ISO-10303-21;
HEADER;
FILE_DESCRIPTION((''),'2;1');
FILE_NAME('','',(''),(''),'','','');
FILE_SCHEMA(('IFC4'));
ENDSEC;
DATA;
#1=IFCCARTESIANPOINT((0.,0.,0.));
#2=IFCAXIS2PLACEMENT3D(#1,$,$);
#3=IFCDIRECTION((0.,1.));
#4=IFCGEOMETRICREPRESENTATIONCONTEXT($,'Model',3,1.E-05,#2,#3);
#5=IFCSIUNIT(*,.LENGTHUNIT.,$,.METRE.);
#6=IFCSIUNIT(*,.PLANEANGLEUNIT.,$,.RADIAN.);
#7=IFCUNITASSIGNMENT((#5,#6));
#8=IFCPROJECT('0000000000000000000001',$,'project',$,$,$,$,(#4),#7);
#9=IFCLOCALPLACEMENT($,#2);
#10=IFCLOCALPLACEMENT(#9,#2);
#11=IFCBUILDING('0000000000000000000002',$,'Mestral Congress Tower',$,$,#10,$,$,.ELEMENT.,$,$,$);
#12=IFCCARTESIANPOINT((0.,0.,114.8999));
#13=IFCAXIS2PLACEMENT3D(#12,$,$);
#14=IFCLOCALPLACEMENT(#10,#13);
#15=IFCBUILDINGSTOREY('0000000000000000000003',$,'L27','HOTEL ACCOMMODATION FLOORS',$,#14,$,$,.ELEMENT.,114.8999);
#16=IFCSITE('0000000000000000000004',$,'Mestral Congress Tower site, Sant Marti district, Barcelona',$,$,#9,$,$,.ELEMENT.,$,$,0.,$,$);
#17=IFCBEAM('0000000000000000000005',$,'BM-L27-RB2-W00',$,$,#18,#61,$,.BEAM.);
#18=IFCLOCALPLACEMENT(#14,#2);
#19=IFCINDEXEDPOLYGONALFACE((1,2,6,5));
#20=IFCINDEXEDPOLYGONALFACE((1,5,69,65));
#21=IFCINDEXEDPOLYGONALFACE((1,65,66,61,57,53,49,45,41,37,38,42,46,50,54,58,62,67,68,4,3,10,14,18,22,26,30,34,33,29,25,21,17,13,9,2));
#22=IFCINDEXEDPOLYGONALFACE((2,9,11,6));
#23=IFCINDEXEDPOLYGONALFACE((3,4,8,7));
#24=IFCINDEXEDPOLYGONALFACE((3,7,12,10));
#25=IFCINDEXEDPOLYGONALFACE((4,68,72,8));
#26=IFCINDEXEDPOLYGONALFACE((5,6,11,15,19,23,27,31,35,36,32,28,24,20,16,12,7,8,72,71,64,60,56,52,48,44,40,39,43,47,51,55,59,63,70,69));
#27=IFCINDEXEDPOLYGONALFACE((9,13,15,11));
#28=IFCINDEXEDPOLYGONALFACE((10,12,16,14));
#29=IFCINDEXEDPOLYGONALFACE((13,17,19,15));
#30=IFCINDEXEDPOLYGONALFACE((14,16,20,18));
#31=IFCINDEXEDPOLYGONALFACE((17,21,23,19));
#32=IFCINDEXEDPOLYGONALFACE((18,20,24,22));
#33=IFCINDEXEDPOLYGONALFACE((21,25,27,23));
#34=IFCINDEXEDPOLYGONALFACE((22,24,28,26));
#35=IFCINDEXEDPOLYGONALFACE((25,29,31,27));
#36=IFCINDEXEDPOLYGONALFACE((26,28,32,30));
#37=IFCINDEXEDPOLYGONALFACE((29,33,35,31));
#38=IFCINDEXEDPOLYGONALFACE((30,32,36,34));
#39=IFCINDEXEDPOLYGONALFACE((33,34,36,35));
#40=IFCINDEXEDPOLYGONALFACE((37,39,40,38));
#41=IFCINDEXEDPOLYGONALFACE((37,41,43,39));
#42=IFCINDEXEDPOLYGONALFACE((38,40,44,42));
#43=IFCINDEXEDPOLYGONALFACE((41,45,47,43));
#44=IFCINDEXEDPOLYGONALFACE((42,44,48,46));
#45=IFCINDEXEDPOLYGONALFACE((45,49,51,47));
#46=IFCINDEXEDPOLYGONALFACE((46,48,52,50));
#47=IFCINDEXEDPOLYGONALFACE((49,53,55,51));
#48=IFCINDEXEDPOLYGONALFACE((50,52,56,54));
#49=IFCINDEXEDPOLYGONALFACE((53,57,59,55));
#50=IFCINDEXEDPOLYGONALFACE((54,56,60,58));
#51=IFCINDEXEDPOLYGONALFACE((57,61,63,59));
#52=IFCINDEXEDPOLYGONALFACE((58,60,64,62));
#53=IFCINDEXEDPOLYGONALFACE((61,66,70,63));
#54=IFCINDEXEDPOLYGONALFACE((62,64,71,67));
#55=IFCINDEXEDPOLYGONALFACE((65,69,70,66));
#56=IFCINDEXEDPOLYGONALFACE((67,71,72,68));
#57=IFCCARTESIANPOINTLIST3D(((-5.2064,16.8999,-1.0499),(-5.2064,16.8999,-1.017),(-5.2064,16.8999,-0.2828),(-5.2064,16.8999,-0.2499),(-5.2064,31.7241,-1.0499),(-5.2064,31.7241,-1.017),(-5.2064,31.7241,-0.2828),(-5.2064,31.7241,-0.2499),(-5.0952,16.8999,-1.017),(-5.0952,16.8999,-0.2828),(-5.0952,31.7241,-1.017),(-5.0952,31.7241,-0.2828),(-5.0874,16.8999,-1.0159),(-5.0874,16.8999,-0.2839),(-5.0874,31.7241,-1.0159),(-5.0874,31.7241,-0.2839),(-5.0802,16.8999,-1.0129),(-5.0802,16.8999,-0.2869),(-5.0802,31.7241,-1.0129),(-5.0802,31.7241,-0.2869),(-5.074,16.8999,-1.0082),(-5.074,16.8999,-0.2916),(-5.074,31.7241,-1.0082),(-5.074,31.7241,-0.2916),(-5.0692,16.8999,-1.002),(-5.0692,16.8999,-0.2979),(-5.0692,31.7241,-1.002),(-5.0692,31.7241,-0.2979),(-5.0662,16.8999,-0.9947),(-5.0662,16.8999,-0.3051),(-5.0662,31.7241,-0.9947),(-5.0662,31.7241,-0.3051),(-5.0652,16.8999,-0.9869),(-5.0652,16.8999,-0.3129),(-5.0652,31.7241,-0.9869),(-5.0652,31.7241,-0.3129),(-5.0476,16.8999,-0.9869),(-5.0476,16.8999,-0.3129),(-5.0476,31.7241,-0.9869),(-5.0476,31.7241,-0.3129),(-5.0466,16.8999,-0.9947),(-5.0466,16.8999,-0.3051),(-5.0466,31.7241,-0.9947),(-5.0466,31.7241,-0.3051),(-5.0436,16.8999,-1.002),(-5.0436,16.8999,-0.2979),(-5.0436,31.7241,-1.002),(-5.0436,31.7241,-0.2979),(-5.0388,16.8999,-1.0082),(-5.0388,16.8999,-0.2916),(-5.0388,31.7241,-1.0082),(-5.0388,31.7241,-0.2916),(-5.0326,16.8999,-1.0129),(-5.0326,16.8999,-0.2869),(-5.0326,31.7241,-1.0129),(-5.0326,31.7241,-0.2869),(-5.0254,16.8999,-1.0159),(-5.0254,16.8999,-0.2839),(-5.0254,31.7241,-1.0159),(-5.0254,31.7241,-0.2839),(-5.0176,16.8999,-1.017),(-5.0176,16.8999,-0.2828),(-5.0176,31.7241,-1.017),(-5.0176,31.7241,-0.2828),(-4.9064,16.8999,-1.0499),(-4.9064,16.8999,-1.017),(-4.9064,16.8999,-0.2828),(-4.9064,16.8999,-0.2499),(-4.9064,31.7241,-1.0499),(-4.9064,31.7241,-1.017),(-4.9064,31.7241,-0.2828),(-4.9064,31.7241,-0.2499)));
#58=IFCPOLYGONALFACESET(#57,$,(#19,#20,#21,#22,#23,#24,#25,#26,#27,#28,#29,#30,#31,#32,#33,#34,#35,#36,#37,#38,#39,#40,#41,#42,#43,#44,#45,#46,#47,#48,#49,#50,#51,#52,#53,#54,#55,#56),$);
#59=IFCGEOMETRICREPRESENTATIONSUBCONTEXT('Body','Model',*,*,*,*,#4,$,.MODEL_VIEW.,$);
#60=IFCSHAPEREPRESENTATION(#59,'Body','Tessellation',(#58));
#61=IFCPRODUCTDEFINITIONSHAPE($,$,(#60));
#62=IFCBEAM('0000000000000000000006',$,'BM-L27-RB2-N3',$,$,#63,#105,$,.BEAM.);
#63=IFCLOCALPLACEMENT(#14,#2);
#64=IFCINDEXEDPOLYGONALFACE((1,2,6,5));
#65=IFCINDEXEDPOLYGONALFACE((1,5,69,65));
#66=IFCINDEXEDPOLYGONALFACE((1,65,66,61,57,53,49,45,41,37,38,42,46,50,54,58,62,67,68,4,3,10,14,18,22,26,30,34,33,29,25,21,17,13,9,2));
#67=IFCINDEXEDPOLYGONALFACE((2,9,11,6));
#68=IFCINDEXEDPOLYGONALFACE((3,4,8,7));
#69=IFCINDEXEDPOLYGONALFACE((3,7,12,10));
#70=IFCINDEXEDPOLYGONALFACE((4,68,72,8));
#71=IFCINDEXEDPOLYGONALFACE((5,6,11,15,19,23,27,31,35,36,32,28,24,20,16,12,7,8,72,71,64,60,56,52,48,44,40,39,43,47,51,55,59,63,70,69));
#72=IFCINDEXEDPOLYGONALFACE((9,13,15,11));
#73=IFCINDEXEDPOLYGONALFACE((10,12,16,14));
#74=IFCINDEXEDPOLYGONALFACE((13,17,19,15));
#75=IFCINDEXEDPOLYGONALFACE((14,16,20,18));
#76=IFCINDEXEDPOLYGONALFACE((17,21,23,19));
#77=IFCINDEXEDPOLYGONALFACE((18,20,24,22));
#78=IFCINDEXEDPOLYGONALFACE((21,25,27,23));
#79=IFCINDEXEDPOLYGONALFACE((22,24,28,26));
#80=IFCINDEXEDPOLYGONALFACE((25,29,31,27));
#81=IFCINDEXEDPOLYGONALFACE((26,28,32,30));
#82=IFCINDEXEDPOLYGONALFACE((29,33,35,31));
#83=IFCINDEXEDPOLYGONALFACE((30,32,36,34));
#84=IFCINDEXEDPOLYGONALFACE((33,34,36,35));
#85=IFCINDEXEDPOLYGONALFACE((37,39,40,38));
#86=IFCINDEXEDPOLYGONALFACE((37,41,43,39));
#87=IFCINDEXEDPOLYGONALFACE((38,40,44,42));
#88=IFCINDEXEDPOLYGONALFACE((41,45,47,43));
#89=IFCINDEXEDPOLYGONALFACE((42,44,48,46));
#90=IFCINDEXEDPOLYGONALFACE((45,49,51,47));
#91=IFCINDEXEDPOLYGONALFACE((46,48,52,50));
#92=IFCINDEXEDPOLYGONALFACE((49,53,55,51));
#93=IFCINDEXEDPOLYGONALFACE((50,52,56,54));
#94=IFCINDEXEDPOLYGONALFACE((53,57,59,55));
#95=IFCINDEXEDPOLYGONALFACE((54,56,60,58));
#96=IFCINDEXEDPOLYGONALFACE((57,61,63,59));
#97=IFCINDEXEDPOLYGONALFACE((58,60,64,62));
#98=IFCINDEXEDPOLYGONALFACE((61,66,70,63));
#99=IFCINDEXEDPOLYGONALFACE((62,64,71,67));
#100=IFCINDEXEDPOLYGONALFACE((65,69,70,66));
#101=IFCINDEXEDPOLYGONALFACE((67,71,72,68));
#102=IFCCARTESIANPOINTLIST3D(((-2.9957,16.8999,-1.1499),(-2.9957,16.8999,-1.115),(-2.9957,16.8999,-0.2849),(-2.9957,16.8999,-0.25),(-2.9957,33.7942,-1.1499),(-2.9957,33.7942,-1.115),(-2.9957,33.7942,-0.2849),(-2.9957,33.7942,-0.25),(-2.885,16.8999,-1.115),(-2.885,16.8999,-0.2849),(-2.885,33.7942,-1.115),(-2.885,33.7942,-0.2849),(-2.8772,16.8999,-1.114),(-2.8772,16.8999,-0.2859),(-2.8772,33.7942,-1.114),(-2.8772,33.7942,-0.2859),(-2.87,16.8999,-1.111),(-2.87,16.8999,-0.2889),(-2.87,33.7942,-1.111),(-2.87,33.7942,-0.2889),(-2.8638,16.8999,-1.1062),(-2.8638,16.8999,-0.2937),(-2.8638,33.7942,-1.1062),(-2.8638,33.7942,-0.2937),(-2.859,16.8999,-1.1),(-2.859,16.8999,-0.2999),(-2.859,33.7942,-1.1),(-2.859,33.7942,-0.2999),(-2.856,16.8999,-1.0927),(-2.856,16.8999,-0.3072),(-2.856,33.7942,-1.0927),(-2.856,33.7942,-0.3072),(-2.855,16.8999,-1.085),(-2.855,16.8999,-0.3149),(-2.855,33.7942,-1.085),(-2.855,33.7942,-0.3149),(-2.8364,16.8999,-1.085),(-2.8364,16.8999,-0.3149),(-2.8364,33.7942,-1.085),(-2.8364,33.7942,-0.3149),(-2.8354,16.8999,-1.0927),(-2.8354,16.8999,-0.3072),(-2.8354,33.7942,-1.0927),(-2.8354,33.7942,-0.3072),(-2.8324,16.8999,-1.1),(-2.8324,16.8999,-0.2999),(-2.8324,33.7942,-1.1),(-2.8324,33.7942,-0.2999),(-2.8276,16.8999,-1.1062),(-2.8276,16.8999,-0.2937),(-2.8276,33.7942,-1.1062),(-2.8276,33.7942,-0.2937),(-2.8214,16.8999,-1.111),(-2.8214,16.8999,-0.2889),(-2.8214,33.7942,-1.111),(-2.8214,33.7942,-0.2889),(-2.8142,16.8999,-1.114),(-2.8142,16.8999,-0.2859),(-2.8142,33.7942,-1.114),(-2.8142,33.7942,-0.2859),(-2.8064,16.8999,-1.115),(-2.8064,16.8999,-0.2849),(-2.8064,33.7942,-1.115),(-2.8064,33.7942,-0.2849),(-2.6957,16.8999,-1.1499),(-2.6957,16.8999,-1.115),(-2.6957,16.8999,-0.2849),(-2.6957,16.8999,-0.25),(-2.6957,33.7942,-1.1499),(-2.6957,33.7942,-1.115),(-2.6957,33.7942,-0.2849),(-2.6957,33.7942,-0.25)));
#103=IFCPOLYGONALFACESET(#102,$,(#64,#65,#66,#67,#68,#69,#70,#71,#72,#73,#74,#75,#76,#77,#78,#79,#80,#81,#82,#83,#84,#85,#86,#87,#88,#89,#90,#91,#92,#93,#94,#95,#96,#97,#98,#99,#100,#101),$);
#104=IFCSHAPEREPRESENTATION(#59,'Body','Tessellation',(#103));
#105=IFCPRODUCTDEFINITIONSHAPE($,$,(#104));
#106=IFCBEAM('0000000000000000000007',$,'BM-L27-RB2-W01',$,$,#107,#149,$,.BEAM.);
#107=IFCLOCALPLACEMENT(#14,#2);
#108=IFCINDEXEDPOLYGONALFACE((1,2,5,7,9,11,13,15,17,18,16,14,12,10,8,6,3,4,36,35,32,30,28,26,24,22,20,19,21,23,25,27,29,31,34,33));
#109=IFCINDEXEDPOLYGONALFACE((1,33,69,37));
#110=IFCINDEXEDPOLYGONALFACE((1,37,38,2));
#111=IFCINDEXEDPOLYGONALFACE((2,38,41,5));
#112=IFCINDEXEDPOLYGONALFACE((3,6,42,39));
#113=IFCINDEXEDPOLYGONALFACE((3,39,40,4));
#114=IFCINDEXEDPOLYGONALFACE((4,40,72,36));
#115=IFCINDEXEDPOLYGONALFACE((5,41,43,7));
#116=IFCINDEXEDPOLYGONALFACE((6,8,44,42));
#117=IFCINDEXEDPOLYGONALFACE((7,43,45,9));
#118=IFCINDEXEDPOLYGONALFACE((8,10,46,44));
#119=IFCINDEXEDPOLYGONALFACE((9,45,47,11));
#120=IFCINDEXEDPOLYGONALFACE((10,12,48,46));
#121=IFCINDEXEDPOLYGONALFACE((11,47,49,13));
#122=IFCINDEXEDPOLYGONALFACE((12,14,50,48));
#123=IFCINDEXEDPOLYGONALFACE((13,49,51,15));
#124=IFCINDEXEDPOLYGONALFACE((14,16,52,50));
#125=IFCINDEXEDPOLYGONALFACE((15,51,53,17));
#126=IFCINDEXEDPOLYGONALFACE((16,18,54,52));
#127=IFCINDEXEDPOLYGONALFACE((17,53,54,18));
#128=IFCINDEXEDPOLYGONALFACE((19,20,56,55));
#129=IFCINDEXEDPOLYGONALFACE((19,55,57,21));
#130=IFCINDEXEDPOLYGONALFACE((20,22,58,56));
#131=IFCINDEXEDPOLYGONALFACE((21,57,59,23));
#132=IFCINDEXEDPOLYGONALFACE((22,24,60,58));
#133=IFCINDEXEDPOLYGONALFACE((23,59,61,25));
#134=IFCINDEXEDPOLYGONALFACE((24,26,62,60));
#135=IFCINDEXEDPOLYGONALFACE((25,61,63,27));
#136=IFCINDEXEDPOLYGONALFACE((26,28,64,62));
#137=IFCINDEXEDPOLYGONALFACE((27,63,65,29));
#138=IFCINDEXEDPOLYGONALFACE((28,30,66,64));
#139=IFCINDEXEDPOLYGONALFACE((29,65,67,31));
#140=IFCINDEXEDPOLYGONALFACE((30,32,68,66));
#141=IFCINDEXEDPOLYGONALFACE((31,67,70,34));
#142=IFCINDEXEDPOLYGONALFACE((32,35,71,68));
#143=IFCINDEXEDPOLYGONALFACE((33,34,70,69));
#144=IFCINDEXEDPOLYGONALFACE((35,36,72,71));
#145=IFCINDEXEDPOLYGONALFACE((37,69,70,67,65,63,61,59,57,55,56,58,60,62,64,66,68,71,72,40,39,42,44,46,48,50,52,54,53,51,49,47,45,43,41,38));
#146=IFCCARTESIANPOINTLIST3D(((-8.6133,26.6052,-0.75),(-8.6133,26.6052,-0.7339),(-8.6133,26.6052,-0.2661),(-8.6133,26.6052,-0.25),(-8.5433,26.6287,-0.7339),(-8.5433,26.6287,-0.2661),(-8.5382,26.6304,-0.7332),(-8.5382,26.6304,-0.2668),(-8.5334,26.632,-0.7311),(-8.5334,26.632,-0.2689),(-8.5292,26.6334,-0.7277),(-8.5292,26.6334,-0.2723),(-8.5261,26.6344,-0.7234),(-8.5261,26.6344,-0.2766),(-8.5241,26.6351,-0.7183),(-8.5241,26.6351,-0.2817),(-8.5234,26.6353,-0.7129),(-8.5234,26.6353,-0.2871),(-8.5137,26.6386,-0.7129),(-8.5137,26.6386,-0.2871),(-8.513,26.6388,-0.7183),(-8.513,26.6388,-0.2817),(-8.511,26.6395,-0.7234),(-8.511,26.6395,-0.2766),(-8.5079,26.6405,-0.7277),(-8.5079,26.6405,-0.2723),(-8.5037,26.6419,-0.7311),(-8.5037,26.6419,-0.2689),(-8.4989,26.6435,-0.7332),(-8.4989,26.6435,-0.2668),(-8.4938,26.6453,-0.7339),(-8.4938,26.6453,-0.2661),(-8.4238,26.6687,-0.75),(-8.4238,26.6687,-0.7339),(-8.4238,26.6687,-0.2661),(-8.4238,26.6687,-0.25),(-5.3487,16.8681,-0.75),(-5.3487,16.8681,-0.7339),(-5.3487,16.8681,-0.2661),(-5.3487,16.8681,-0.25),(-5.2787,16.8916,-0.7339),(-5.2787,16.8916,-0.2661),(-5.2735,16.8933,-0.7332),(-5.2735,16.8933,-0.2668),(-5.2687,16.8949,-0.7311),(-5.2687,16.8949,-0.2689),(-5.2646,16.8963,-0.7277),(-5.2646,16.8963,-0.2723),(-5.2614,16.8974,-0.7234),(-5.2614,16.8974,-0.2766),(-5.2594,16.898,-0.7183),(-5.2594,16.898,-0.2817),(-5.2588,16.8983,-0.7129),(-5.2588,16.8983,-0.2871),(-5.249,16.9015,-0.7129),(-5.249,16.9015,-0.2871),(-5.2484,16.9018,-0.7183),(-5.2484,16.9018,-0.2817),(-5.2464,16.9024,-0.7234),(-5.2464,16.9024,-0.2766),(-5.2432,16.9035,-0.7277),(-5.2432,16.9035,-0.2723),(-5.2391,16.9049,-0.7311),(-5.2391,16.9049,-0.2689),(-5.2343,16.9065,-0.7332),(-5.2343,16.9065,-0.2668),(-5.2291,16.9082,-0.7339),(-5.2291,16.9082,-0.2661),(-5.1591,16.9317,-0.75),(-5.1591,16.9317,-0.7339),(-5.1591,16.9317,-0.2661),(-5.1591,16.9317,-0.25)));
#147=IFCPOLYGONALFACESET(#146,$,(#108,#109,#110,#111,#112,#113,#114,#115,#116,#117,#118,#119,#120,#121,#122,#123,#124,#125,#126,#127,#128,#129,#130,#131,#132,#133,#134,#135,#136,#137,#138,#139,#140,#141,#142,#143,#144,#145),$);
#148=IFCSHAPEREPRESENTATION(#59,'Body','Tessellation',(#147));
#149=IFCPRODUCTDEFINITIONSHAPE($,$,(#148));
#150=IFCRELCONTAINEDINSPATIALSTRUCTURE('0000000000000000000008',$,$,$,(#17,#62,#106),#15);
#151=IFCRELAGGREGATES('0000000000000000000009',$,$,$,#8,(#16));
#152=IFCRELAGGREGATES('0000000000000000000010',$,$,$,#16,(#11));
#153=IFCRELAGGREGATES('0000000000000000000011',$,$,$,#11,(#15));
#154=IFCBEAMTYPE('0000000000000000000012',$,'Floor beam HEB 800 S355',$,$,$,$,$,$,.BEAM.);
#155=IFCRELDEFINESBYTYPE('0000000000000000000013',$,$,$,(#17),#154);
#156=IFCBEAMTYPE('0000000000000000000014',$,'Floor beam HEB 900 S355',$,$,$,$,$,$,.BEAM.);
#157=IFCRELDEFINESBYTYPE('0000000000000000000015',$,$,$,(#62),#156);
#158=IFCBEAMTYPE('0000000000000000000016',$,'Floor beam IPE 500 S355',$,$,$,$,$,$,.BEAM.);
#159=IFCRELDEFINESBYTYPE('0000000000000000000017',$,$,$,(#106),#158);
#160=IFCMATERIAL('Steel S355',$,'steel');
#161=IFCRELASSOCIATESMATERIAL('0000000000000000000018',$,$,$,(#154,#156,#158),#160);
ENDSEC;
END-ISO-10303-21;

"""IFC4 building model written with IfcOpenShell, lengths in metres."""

from ifc_helpers import new_model, si_unit, direction, frame, origin, origin_2d, place, context, subcontext, project, spatial, i_section, extrude, material, material_profile, profile_set, type_object, element, save


model = new_model("IFC4")

# Units and contexts
model_context = context("Model", 3, precision=1e-05, world=origin(), true_north=direction((0.0, 1.0)))
body_context = subcontext(model_context, "Body", "Model", "MODEL_VIEW")
ifc_project = project(units=[si_unit("LENGTHUNIT", "METRE"), si_unit("PLANEANGLEUNIT", "RADIAN")], contexts=[model_context])

# Site, building, storey
site_placement = place(None, origin())
site = spatial("IfcSite", under=ifc_project, at=site_placement, Name="Mestral Congress Tower site, Sant Marti district, Barcelona", CompositionType="ELEMENT", RefElevation=0.0)
building_placement = place(site_placement, origin())
building = spatial("IfcBuilding", under=site, at=building_placement, Name="Mestral Congress Tower", CompositionType="ELEMENT")
storey_placement = place(building_placement, frame((0.0, 0.0, 114.8999)))
storey = spatial("IfcBuildingStorey", under=building, at=storey_placement, Name="L27", Description="HOTEL ACCOMMODATION FLOORS", CompositionType="ELEMENT", Elevation=114.8999)

# Beams
ifc_material_1 = material(Name="Steel S355", Category="steel")
ifc_material_profile_1 = material_profile(ifc_material_1, i_section(OverallWidth=0.3, OverallDepth=0.8, WebThickness=0.0176, FlangeThickness=0.033, FilletRadius=0.03, at=origin_2d()), Name="HEB 800")
ifc_profile_set_1 = profile_set([ifc_material_profile_1], Name="Steel S355")
beam_type_1 = type_object("IfcBeamType", Name="Floor beam HEB 800 S355", PredefinedType="BEAM", material=ifc_profile_set_1)
beam_1_placement = place(storey_placement, frame((-5.0564, 31.7241, -0.6499), z_axis=(0.0, -1.0, 0.0), x_axis=(1.0, 0.0, 0.0)))
element("IfcBeam", 1, at=beam_1_placement, inside=storey, type_object=beam_type_1, Name="BM-L27-RB2-W00", PredefinedType="BEAM", context=body_context, shape_type="SweptSolid", body=[
    extrude(i_section(OverallWidth=0.3, OverallDepth=0.8, WebThickness=0.0176, FlangeThickness=0.033, FilletRadius=0.03, at=origin_2d()), origin(), (0.0, 0.0, 1.0), 14.8242),
])
ifc_material_profile_2 = material_profile(ifc_material_1, i_section(OverallWidth=0.3, OverallDepth=0.8999, WebThickness=0.0186, FlangeThickness=0.0349, FilletRadius=0.03, at=origin_2d()), Name="HEB 900")
ifc_profile_set_2 = profile_set([ifc_material_profile_2], Name="Steel S355")
beam_type_2 = type_object("IfcBeamType", Name="Floor beam HEB 900 S355", PredefinedType="BEAM", material=ifc_profile_set_2)
beam_2_placement = place(storey_placement, frame((-2.8457, 33.7942, -0.7), z_axis=(0.0, -1.0, 0.0), x_axis=(1.0, 0.0, 0.0)))
element("IfcBeam", 2, at=beam_2_placement, inside=storey, type_object=beam_type_2, Name="BM-L27-RB2-N3", PredefinedType="BEAM", context=body_context, shape_type="SweptSolid", body=[
    extrude(i_section(OverallWidth=0.3, OverallDepth=0.8999, WebThickness=0.0186, FlangeThickness=0.0349, FilletRadius=0.03, at=origin_2d()), origin(), (0.0, 0.0, 1.0), 16.8943),
])
ifc_material_profile_3 = material_profile(ifc_material_1, i_section(OverallWidth=0.2, OverallDepth=0.5, WebThickness=0.0103, FlangeThickness=0.0161, FilletRadius=0.021, at=origin_2d()), Name="IPE 500")
ifc_profile_set_3 = profile_set([ifc_material_profile_3], Name="Steel S355")
beam_type_3 = type_object("IfcBeamType", Name="Floor beam IPE 500 S355", PredefinedType="BEAM", material=ifc_profile_set_3)
beam_3_placement = place(storey_placement, frame((-8.5186, 26.637, -0.5), z_axis=(0.317889, -0.948128, 0.0), x_axis=(0.948128, 0.317889, 0.0)))
element("IfcBeam", 3, at=beam_3_placement, inside=storey, type_object=beam_type_3, Name="BM-L27-RB2-W01", PredefinedType="BEAM", context=body_context, shape_type="SweptSolid", body=[
    extrude(i_section(OverallWidth=0.2, OverallDepth=0.5, WebThickness=0.0103, FlangeThickness=0.0161, FilletRadius=0.021, at=origin_2d()), origin(), (0.0, 0.0, 1.0), 10.2698),
])

save(model, "model.ifc")
